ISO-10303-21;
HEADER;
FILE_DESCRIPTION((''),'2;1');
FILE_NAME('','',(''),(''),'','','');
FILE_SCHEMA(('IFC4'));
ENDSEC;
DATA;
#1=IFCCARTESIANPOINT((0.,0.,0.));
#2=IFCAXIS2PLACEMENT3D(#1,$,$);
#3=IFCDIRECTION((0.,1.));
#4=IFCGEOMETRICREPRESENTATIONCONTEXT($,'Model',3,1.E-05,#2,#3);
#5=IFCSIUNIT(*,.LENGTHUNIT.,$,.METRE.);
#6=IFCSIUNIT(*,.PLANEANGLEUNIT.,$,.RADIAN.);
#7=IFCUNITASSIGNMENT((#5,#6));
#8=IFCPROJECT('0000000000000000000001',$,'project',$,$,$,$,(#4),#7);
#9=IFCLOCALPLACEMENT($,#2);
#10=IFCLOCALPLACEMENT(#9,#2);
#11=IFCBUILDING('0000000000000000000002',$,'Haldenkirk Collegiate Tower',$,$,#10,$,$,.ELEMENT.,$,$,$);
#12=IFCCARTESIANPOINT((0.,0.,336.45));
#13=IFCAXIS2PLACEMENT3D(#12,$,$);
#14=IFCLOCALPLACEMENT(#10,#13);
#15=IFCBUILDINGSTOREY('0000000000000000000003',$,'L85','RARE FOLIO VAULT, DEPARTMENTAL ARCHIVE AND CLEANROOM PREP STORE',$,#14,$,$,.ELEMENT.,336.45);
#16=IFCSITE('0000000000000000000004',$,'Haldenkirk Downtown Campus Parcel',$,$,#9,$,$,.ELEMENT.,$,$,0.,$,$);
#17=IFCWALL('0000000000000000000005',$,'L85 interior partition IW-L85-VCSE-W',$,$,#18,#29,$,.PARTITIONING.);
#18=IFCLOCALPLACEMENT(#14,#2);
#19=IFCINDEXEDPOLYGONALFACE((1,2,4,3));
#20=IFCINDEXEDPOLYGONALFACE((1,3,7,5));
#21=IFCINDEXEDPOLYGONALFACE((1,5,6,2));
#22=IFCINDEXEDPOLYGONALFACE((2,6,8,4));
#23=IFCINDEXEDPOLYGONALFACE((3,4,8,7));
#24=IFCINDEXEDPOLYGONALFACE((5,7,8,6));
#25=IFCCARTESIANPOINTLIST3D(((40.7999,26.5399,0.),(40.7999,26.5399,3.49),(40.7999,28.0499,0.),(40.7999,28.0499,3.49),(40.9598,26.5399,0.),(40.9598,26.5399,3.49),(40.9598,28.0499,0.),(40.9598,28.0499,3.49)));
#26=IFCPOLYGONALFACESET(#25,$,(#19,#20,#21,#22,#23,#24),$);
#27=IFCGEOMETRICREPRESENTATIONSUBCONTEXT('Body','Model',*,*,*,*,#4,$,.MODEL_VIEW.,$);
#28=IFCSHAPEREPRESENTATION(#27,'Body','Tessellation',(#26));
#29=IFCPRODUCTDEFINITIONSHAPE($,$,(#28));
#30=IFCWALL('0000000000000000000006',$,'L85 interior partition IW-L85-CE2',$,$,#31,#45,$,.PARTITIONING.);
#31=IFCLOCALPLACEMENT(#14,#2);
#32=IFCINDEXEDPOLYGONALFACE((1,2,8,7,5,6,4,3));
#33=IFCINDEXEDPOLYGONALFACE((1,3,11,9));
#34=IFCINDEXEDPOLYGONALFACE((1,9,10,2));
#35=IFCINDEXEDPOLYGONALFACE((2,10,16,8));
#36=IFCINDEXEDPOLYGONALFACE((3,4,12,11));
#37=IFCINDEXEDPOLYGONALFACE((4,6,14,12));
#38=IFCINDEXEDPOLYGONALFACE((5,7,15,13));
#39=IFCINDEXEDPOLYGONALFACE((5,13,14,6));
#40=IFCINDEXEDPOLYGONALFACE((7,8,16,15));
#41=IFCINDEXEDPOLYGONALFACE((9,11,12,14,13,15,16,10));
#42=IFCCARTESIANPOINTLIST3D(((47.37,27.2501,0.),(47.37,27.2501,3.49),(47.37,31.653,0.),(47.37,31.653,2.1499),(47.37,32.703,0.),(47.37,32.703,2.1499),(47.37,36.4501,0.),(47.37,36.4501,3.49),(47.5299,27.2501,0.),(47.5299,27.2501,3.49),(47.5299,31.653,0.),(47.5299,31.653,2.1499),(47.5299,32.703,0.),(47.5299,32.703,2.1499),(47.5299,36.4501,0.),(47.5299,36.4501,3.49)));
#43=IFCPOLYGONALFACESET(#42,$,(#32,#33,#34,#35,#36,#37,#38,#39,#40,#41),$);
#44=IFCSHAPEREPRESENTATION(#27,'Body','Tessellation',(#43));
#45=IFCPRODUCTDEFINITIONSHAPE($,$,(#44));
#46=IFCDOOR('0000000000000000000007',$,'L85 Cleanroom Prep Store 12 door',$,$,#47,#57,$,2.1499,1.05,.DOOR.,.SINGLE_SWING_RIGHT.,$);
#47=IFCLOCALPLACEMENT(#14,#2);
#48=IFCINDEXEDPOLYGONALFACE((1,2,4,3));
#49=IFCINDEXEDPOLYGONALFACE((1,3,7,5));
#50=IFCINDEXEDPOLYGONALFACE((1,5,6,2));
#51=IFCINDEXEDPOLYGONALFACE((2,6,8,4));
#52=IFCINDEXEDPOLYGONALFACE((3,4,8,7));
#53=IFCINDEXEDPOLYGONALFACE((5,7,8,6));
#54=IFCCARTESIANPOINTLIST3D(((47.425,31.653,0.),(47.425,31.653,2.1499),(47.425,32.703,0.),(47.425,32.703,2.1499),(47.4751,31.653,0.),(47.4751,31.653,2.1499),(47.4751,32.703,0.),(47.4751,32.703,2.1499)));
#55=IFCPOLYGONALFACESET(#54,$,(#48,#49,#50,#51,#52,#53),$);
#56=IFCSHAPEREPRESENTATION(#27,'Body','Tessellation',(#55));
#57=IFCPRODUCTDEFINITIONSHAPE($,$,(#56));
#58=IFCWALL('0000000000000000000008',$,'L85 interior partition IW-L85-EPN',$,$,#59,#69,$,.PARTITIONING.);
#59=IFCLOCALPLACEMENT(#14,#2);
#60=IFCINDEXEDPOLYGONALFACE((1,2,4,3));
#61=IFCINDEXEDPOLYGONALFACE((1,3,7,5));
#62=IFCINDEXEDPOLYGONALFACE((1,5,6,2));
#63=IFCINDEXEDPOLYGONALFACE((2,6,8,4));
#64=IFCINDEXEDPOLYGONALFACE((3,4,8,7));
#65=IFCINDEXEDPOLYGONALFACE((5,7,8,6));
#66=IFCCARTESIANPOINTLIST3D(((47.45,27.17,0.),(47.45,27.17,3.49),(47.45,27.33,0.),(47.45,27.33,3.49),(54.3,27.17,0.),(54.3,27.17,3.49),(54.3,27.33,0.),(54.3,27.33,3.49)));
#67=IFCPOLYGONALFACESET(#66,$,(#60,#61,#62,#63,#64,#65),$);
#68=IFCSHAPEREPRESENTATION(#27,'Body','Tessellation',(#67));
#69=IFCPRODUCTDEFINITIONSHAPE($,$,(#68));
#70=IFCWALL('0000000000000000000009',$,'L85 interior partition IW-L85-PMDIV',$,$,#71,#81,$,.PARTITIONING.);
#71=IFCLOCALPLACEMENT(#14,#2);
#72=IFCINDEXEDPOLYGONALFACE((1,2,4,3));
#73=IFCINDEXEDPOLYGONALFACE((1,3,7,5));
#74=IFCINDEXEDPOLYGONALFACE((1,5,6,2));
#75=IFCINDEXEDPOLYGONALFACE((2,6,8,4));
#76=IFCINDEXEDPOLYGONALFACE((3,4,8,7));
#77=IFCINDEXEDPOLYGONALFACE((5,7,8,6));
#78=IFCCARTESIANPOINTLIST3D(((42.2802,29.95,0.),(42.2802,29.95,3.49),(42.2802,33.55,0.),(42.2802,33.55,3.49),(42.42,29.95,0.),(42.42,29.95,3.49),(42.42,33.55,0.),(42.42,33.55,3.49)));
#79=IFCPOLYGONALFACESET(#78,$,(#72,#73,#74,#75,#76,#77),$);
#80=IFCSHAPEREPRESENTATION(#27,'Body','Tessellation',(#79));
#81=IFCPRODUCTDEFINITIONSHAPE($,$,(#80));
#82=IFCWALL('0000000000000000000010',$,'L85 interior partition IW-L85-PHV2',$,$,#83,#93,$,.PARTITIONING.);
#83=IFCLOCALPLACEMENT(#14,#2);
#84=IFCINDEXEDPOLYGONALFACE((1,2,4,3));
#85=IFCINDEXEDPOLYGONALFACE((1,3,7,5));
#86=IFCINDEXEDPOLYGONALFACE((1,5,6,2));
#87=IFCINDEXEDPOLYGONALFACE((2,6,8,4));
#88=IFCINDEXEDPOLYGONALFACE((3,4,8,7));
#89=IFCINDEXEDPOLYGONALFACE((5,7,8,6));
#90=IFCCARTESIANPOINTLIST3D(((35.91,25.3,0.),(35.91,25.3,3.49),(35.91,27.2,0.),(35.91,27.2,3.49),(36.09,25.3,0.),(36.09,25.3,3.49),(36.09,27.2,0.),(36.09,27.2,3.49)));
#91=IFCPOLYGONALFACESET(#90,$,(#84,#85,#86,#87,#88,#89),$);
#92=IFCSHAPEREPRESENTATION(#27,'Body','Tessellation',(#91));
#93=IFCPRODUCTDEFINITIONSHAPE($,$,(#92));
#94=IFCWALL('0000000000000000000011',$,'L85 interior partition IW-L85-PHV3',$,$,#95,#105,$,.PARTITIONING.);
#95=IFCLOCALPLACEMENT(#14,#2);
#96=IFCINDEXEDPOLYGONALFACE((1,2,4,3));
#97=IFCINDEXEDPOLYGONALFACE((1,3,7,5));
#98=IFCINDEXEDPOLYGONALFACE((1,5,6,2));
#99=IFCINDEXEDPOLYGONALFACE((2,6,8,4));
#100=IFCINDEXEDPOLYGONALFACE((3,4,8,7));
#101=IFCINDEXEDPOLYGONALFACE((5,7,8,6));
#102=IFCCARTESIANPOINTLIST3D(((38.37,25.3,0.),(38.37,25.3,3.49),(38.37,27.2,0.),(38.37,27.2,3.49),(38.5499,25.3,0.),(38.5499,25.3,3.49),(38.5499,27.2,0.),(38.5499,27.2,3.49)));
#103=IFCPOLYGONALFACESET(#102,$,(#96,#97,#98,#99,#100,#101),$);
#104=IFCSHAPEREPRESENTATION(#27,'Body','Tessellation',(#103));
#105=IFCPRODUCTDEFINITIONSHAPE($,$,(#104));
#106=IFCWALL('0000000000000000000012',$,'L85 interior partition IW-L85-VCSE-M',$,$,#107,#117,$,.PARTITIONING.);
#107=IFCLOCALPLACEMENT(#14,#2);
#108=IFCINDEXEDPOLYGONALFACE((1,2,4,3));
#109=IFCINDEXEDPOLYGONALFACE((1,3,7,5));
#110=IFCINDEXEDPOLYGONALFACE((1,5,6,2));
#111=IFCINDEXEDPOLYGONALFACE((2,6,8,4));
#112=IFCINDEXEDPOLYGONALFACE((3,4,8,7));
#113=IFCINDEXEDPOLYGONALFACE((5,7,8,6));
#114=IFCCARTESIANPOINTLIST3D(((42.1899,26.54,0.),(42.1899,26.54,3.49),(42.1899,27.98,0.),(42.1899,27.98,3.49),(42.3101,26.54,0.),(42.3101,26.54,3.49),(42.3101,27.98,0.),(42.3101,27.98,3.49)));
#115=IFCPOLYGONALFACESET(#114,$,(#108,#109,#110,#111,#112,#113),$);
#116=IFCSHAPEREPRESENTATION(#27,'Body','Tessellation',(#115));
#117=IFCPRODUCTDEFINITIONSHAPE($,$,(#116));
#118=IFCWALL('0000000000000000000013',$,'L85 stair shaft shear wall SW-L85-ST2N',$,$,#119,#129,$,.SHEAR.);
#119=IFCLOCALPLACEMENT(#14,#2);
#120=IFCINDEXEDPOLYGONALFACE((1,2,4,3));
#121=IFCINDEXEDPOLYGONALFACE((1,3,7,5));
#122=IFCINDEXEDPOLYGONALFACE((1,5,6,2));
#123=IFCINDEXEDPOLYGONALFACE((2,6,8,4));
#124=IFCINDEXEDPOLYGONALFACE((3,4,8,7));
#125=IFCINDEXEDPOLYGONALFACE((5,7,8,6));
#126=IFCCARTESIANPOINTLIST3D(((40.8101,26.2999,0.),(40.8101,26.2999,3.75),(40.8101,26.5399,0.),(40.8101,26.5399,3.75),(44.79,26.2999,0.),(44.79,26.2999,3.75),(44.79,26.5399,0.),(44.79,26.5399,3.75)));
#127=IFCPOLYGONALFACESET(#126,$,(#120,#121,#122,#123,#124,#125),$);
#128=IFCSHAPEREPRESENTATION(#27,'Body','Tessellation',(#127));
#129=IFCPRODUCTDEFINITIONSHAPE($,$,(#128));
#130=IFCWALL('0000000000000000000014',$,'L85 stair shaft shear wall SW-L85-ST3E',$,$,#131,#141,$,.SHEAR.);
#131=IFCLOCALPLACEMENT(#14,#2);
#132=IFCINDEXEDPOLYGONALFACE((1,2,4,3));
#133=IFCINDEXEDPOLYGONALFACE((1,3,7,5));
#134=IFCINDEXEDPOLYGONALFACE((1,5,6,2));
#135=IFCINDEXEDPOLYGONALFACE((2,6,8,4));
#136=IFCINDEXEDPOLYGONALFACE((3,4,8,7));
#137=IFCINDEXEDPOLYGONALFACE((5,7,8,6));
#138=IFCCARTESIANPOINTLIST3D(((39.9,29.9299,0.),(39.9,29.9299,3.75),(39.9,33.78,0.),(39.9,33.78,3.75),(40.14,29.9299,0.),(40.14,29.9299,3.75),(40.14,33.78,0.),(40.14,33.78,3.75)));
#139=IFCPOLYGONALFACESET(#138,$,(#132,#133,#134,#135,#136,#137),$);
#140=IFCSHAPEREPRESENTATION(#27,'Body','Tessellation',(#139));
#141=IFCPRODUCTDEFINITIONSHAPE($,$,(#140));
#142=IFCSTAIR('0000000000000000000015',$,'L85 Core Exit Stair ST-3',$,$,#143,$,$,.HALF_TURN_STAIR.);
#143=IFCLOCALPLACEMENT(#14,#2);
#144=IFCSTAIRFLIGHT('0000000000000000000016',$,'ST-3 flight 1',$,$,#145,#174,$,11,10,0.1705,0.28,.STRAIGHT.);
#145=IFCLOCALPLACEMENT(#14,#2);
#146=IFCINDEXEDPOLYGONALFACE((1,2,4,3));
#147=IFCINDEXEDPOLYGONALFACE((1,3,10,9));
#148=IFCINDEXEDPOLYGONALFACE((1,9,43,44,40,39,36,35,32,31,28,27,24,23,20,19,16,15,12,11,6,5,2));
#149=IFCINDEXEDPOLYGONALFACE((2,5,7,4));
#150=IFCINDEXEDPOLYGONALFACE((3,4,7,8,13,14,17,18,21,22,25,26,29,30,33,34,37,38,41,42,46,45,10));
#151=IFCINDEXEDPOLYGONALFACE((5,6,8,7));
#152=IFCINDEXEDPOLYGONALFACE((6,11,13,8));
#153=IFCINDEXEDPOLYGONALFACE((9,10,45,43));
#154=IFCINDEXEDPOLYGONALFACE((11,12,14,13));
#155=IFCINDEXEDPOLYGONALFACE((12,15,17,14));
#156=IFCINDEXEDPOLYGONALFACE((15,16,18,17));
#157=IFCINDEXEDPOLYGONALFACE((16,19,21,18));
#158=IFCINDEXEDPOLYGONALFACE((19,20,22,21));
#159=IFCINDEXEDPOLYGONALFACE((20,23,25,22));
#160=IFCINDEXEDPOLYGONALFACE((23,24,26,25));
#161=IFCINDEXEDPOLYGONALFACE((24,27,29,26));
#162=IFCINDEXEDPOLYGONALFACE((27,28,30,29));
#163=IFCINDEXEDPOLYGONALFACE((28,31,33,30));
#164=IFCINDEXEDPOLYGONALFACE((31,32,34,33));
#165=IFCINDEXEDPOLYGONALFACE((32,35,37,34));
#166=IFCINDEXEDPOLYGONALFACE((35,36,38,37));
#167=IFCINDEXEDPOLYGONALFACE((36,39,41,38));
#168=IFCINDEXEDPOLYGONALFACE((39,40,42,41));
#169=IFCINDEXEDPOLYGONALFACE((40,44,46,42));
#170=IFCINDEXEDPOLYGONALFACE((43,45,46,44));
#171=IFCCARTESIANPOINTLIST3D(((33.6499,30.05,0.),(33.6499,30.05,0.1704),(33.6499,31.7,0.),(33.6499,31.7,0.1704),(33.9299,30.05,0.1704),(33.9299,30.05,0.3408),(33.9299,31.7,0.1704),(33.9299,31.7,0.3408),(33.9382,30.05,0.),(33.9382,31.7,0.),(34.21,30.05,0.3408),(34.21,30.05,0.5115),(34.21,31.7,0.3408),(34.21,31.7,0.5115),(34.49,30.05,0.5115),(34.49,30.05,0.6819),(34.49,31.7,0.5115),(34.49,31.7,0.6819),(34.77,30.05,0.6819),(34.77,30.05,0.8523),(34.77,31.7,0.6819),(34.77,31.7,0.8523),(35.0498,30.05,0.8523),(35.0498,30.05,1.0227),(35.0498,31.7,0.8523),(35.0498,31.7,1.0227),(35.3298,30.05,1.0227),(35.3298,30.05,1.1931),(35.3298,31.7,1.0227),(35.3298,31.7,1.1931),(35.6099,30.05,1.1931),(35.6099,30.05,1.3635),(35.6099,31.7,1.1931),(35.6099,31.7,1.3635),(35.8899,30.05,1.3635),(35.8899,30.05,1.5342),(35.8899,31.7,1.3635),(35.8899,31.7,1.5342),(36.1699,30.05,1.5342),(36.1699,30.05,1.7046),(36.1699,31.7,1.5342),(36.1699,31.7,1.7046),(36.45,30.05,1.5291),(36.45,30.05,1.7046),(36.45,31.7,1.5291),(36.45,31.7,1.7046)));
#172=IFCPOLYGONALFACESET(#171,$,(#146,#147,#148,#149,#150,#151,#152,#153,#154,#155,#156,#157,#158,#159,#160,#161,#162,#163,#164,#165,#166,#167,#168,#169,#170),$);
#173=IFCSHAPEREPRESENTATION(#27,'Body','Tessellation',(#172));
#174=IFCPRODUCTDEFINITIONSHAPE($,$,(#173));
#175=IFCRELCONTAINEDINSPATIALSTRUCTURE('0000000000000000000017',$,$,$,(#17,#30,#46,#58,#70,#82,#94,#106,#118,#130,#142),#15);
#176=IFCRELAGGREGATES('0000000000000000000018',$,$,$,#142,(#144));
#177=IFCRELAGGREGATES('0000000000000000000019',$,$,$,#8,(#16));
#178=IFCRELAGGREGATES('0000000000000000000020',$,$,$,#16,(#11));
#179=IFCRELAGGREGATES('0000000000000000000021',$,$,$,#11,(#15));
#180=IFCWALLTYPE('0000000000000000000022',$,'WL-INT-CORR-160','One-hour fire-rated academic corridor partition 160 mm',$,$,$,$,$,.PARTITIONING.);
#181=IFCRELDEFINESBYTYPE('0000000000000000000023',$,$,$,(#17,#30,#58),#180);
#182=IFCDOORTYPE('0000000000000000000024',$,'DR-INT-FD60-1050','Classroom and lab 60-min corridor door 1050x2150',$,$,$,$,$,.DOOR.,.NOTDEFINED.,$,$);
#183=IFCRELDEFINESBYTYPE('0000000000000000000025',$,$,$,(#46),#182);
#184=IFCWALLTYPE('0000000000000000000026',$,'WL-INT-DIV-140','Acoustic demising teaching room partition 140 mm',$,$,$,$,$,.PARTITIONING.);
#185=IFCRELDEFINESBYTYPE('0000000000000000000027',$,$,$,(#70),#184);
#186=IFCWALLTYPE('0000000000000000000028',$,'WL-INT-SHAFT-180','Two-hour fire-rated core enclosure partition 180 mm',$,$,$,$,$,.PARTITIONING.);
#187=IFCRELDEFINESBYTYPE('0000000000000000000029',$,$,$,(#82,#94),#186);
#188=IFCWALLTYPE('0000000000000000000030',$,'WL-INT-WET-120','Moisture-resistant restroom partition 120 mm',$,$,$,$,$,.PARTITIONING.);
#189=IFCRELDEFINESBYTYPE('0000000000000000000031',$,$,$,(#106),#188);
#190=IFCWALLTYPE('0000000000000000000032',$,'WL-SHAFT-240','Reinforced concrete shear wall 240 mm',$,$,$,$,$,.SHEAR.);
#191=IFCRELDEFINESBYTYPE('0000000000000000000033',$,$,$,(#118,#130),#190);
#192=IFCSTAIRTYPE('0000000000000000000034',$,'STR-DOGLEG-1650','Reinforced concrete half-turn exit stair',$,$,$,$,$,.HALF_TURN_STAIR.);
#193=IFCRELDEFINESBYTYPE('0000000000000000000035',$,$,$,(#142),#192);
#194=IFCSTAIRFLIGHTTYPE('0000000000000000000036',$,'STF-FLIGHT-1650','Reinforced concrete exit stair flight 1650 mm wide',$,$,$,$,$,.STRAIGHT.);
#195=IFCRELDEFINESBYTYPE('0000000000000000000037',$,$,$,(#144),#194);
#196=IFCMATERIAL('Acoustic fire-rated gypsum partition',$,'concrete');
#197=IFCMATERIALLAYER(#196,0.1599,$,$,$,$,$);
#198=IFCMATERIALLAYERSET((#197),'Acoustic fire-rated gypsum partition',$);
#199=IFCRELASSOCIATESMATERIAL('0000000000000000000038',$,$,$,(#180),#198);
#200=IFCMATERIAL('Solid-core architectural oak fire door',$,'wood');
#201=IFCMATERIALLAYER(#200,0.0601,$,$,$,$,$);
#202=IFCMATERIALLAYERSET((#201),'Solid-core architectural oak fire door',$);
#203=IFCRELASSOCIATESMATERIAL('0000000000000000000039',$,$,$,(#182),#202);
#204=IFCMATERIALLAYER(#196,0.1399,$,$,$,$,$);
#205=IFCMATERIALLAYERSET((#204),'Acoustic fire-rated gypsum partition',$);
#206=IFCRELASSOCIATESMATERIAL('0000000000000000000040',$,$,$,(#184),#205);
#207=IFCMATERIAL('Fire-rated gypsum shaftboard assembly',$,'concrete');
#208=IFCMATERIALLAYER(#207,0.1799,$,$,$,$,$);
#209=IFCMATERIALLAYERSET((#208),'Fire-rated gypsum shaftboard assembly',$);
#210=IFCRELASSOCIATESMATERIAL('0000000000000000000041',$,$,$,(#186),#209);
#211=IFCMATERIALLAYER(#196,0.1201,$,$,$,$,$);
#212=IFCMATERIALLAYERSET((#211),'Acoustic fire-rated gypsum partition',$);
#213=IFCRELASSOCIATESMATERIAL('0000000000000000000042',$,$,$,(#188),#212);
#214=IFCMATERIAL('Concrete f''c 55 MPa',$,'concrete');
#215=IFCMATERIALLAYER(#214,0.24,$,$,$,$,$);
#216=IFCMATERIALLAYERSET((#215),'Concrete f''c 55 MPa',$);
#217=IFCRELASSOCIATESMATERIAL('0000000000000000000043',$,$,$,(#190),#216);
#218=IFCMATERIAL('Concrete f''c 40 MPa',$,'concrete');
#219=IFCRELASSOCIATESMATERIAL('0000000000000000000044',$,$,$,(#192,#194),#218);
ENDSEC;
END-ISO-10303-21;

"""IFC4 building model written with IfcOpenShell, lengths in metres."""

from ifc_helpers import new_model, si_unit, direction, frame, frame_2d, origin, place, context, subcontext, project, spatial, polyline, rectangle, outline, extrude, material, layer, layer_set, type_object, element, fill, aggregate, save


model = new_model("IFC4")

# Units and contexts
model_context = context("Model", 3, precision=1e-05, world=origin(), true_north=direction((0.0, 1.0)))
body_context = subcontext(model_context, "Body", "Model", "MODEL_VIEW")
ifc_project = project(units=[si_unit("LENGTHUNIT", "METRE"), si_unit("PLANEANGLEUNIT", "RADIAN")], contexts=[model_context])

# Site, building, storey
site_placement = place(None, origin())
site = spatial("IfcSite", under=ifc_project, at=site_placement, Name="Haldenkirk Downtown Campus Parcel", CompositionType="ELEMENT", RefElevation=0.0)
building_placement = place(site_placement, origin())
building = spatial("IfcBuilding", under=site, at=building_placement, Name="Haldenkirk Collegiate Tower", CompositionType="ELEMENT")
storey_placement = place(building_placement, frame((0.0, 0.0, 336.45)))
storey = spatial("IfcBuildingStorey", under=building, at=storey_placement, Name="L85", Description="RARE FOLIO VAULT, DEPARTMENTAL ARCHIVE AND CLEANROOM PREP STORE", CompositionType="ELEMENT", Elevation=336.45)

# Shared definitions
ifc_material_1 = material(Name="Acoustic fire-rated gypsum partition", Category="concrete")
ifc_layer_1 = layer(ifc_material_1, 0.1599)
ifc_layer_set_1 = layer_set([ifc_layer_1], Name="Acoustic fire-rated gypsum partition")
wall_type_1 = type_object("IfcWallType", Name="WL-INT-CORR-160", Description="One-hour fire-rated academic corridor partition 160 mm", PredefinedType="PARTITIONING", material=ifc_layer_set_1)
ifc_material_2 = material(Name="Solid-core architectural oak fire door", Category="wood")

# Wall
wall_1_placement = place(storey_placement, frame((40.8799, 26.54, 0.0), z_axis=(0.0, 0.0, 1.0), x_axis=(0.0, 1.0, 0.0)))
element("IfcWall", 1, at=wall_1_placement, inside=storey, type_object=wall_type_1, Name="L85 interior partition IW-L85-VCSE-W", PredefinedType="PARTITIONING", context=body_context, shape_type="SweptSolid", body=[
    extrude(rectangle(XDim=1.51, YDim=0.1599, at=frame_2d((0.7549, 0.0))), origin(), (0.0, 0.0, 1.0), 3.49),
])

# Wall, opening, door
wall_2_placement = place(storey_placement, frame((47.45, 27.25, 0.0), z_axis=(0.0, 0.0, 1.0), x_axis=(0.0, 1.0, 0.0)))
wall_2 = element("IfcWall", 2, at=wall_2_placement, inside=storey, type_object=wall_type_1, Name="L85 interior partition IW-L85-CE2", PredefinedType="PARTITIONING", context=body_context, shape_type="SweptSolid", body=[
    extrude(rectangle(XDim=9.2, YDim=0.1599, at=frame_2d((4.6001, 0.0))), origin(), (0.0, 0.0, 1.0), 3.49),
])
opening_1_placement = place(wall_2_placement, frame((4.4031, 0.0, 0.0)))
opening_1 = element("IfcOpeningElement", 3, at=opening_1_placement, cuts=wall_2, PredefinedType="OPENING", context=body_context, shape_type="SweptSolid", body=[
    extrude(rectangle(XDim=1.05, YDim=2.1499, at=frame_2d((0.5249, 1.075))), frame((0.0, 0.0898, 0.0), z_axis=(0.0, -1.0, 0.0), x_axis=(1.0, 0.0, 0.0)), (0.0, 0.0, 1.0), 0.1799),
])
ifc_layer_2 = layer(ifc_material_2, 0.0601)
ifc_layer_set_2 = layer_set([ifc_layer_2], Name="Solid-core architectural oak fire door")
door_type_1 = type_object("IfcDoorType", Name="DR-INT-FD60-1050", Description="Classroom and lab 60-min corridor door 1050x2150", OperationType="NOTDEFINED", PredefinedType="DOOR", material=ifc_layer_set_2)
door_1_placement = place(opening_1_placement, origin())
door_1 = element("IfcDoor", 4, at=door_1_placement, inside=storey, type_object=door_type_1, Name="L85 Cleanroom Prep Store 12 door", OperationType="SINGLE_SWING_RIGHT", OverallHeight=2.1499, OverallWidth=1.05, PredefinedType="DOOR", context=body_context, shape_type="SweptSolid", body=[
    extrude(rectangle(XDim=1.05, YDim=2.1499, at=frame_2d((0.5249, 1.075))), frame((0.0, 0.0249, 0.0), z_axis=(0.0, -1.0, 0.0), x_axis=(1.0, 0.0, 0.0)), (0.0, 0.0, 1.0), 0.05),
])
fill(opening_1, door_1)

# Walls
wall_3_placement = place(storey_placement, frame((47.45, 27.25, 0.0), z_axis=(0.0, 0.0, 1.0), x_axis=(1.0, 0.0, 0.0)))
element("IfcWall", 5, at=wall_3_placement, inside=storey, type_object=wall_type_1, Name="L85 interior partition IW-L85-EPN", PredefinedType="PARTITIONING", context=body_context, shape_type="SweptSolid", body=[
    extrude(rectangle(XDim=6.8501, YDim=0.1599, at=frame_2d((3.425, 0.0))), origin(), (0.0, 0.0, 1.0), 3.49),
])
ifc_layer_3 = layer(ifc_material_1, 0.1399)
ifc_layer_set_3 = layer_set([ifc_layer_3], Name="Acoustic fire-rated gypsum partition")
wall_type_2 = type_object("IfcWallType", Name="WL-INT-DIV-140", Description="Acoustic demising teaching room partition 140 mm", PredefinedType="PARTITIONING", material=ifc_layer_set_3)
wall_4_placement = place(storey_placement, frame((42.3501, 29.95, 0.0), z_axis=(0.0, 0.0, 1.0), x_axis=(0.0, 1.0, 0.0)))
element("IfcWall", 6, at=wall_4_placement, inside=storey, type_object=wall_type_2, Name="L85 interior partition IW-L85-PMDIV", PredefinedType="PARTITIONING", context=body_context, shape_type="SweptSolid", body=[
    extrude(rectangle(XDim=3.6001, YDim=0.1399, at=frame_2d((1.8, 0.0))), origin(), (0.0, 0.0, 1.0), 3.49),
])
ifc_material_3 = material(Name="Fire-rated gypsum shaftboard assembly", Category="concrete")
ifc_layer_4 = layer(ifc_material_3, 0.1799)
ifc_layer_set_4 = layer_set([ifc_layer_4], Name="Fire-rated gypsum shaftboard assembly")
wall_type_3 = type_object("IfcWallType", Name="WL-INT-SHAFT-180", Description="Two-hour fire-rated core enclosure partition 180 mm", PredefinedType="PARTITIONING", material=ifc_layer_set_4)
for number, where, z_axis, x_axis, name in (
    (7, (36.0, 25.3, 0.0), (0.0, 0.0, 1.0), (0.0, 1.0, 0.0), "L85 interior partition IW-L85-PHV2"),
    (8, (38.46, 25.3, 0.0), (0.0, 0.0, 1.0), (0.0, 1.0, 0.0), "L85 interior partition IW-L85-PHV3"),
):
    element("IfcWall", number, at=place(storey_placement, frame(where, z_axis=z_axis, x_axis=x_axis)), inside=storey, type_object=wall_type_3, Name=name, PredefinedType="PARTITIONING", context=body_context, shape_type="SweptSolid", body=[
        extrude(rectangle(XDim=1.8999, YDim=0.1799, at=frame_2d((0.95, 0.0))), origin(), (0.0, 0.0, 1.0), 3.49),
    ])
ifc_layer_5 = layer(ifc_material_1, 0.1201)
ifc_layer_set_5 = layer_set([ifc_layer_5], Name="Acoustic fire-rated gypsum partition")
wall_type_4 = type_object("IfcWallType", Name="WL-INT-WET-120", Description="Moisture-resistant restroom partition 120 mm", PredefinedType="PARTITIONING", material=ifc_layer_set_5)
wall_5_placement = place(storey_placement, frame((42.25, 26.54, 0.0), z_axis=(0.0, 0.0, 1.0), x_axis=(0.0, 1.0, 0.0)))
element("IfcWall", 9, at=wall_5_placement, inside=storey, type_object=wall_type_4, Name="L85 interior partition IW-L85-VCSE-M", PredefinedType="PARTITIONING", context=body_context, shape_type="SweptSolid", body=[
    extrude(rectangle(XDim=1.4399, YDim=0.1201, at=frame_2d((0.72, 0.0))), origin(), (0.0, 0.0, 1.0), 3.49),
])
ifc_material_4 = material(Name="Concrete f'c 55 MPa", Category="concrete")
ifc_layer_6 = layer(ifc_material_4, 0.24)
ifc_layer_set_6 = layer_set([ifc_layer_6], Name="Concrete f'c 55 MPa")
wall_type_5 = type_object("IfcWallType", Name="WL-SHAFT-240", Description="Reinforced concrete shear wall 240 mm", PredefinedType="SHEAR", material=ifc_layer_set_6)
wall_6_placement = place(storey_placement, frame((40.8101, 26.4199, 0.0), z_axis=(0.0, 0.0, 1.0), x_axis=(1.0, 0.0, 0.0)))
element("IfcWall", 10, at=wall_6_placement, inside=storey, type_object=wall_type_5, Name="L85 stair shaft shear wall SW-L85-ST2N", PredefinedType="SHEAR", context=body_context, shape_type="SweptSolid", body=[
    extrude(rectangle(XDim=3.98, YDim=0.24, at=frame_2d((1.99, 0.0))), origin(), (0.0, 0.0, 1.0), 3.75),
])
wall_7_placement = place(storey_placement, frame((40.02, 29.9299, 0.0), z_axis=(0.0, 0.0, 1.0), x_axis=(0.0, 1.0, 0.0)))
element("IfcWall", 11, at=wall_7_placement, inside=storey, type_object=wall_type_5, Name="L85 stair shaft shear wall SW-L85-ST3E", PredefinedType="SHEAR", context=body_context, shape_type="SweptSolid", body=[
    extrude(rectangle(XDim=3.8501, YDim=0.24, at=frame_2d((1.925, 0.0))), origin(), (0.0, 0.0, 1.0), 3.75),
])

# Stair, stair flight
ifc_material_5 = material(Name="Concrete f'c 40 MPa", Category="concrete")
stair_type = type_object("IfcStairType", Name="STR-DOGLEG-1650", Description="Reinforced concrete half-turn exit stair", PredefinedType="HALF_TURN_STAIR", material=ifc_material_5)
stair_placement = place(storey_placement, origin())
stair = element("IfcStair", 12, at=stair_placement, inside=storey, type_object=stair_type, Name="L85 Core Exit Stair ST-3", PredefinedType="HALF_TURN_STAIR")
stair_flight_type = type_object("IfcStairFlightType", Name="STF-FLIGHT-1650", Description="Reinforced concrete exit stair flight 1650 mm wide", PredefinedType="STRAIGHT", material=ifc_material_5)
stair_flight_1_placement = place(storey_placement, frame((33.6499, 30.875, 0.0), z_axis=(0.0, 0.0, 1.0), x_axis=(1.0, 0.0, 0.0)))
stair_flight_1 = element("IfcStairFlight", 13, at=stair_flight_1_placement, type_object=stair_flight_type, Name="ST-3 flight 1", NumberOfRisers=11, NumberOfTreads=10, PredefinedType="STRAIGHT", RiserHeight=0.1705, TreadLength=0.28, context=body_context, shape_type="SweptSolid", body=[
    extrude(outline(polyline([(0.0, 0.0), (0.0, 0.1704), (0.28, 0.1704), (0.28, 0.3408), (0.5601, 0.3408), (0.5601, 0.5115), (0.8401, 0.5115), (0.8401, 0.6819), (1.1201, 0.6819), (1.1201, 0.8523), (1.3999, 0.8523), (1.3999, 1.0227), (1.6799, 1.0227), (1.6799, 1.1931), (1.96, 1.1931), (1.96, 1.3635), (2.24, 1.3635), (2.24, 1.5342), (2.52, 1.5342), (2.52, 1.7046), (2.8, 1.7046), (2.8, 1.875), (2.8, 1.5291), (0.2883, 0.0), (0.0, 0.0)])), frame((0.0, 0.825, 0.0), z_axis=(0.0, -1.0, 0.0), x_axis=(1.0, 0.0, 0.0)), (0.0, 0.0, 1.0), 1.6499),
])
aggregate(stair, [stair_flight_1])

save(model, "model.ifc")
